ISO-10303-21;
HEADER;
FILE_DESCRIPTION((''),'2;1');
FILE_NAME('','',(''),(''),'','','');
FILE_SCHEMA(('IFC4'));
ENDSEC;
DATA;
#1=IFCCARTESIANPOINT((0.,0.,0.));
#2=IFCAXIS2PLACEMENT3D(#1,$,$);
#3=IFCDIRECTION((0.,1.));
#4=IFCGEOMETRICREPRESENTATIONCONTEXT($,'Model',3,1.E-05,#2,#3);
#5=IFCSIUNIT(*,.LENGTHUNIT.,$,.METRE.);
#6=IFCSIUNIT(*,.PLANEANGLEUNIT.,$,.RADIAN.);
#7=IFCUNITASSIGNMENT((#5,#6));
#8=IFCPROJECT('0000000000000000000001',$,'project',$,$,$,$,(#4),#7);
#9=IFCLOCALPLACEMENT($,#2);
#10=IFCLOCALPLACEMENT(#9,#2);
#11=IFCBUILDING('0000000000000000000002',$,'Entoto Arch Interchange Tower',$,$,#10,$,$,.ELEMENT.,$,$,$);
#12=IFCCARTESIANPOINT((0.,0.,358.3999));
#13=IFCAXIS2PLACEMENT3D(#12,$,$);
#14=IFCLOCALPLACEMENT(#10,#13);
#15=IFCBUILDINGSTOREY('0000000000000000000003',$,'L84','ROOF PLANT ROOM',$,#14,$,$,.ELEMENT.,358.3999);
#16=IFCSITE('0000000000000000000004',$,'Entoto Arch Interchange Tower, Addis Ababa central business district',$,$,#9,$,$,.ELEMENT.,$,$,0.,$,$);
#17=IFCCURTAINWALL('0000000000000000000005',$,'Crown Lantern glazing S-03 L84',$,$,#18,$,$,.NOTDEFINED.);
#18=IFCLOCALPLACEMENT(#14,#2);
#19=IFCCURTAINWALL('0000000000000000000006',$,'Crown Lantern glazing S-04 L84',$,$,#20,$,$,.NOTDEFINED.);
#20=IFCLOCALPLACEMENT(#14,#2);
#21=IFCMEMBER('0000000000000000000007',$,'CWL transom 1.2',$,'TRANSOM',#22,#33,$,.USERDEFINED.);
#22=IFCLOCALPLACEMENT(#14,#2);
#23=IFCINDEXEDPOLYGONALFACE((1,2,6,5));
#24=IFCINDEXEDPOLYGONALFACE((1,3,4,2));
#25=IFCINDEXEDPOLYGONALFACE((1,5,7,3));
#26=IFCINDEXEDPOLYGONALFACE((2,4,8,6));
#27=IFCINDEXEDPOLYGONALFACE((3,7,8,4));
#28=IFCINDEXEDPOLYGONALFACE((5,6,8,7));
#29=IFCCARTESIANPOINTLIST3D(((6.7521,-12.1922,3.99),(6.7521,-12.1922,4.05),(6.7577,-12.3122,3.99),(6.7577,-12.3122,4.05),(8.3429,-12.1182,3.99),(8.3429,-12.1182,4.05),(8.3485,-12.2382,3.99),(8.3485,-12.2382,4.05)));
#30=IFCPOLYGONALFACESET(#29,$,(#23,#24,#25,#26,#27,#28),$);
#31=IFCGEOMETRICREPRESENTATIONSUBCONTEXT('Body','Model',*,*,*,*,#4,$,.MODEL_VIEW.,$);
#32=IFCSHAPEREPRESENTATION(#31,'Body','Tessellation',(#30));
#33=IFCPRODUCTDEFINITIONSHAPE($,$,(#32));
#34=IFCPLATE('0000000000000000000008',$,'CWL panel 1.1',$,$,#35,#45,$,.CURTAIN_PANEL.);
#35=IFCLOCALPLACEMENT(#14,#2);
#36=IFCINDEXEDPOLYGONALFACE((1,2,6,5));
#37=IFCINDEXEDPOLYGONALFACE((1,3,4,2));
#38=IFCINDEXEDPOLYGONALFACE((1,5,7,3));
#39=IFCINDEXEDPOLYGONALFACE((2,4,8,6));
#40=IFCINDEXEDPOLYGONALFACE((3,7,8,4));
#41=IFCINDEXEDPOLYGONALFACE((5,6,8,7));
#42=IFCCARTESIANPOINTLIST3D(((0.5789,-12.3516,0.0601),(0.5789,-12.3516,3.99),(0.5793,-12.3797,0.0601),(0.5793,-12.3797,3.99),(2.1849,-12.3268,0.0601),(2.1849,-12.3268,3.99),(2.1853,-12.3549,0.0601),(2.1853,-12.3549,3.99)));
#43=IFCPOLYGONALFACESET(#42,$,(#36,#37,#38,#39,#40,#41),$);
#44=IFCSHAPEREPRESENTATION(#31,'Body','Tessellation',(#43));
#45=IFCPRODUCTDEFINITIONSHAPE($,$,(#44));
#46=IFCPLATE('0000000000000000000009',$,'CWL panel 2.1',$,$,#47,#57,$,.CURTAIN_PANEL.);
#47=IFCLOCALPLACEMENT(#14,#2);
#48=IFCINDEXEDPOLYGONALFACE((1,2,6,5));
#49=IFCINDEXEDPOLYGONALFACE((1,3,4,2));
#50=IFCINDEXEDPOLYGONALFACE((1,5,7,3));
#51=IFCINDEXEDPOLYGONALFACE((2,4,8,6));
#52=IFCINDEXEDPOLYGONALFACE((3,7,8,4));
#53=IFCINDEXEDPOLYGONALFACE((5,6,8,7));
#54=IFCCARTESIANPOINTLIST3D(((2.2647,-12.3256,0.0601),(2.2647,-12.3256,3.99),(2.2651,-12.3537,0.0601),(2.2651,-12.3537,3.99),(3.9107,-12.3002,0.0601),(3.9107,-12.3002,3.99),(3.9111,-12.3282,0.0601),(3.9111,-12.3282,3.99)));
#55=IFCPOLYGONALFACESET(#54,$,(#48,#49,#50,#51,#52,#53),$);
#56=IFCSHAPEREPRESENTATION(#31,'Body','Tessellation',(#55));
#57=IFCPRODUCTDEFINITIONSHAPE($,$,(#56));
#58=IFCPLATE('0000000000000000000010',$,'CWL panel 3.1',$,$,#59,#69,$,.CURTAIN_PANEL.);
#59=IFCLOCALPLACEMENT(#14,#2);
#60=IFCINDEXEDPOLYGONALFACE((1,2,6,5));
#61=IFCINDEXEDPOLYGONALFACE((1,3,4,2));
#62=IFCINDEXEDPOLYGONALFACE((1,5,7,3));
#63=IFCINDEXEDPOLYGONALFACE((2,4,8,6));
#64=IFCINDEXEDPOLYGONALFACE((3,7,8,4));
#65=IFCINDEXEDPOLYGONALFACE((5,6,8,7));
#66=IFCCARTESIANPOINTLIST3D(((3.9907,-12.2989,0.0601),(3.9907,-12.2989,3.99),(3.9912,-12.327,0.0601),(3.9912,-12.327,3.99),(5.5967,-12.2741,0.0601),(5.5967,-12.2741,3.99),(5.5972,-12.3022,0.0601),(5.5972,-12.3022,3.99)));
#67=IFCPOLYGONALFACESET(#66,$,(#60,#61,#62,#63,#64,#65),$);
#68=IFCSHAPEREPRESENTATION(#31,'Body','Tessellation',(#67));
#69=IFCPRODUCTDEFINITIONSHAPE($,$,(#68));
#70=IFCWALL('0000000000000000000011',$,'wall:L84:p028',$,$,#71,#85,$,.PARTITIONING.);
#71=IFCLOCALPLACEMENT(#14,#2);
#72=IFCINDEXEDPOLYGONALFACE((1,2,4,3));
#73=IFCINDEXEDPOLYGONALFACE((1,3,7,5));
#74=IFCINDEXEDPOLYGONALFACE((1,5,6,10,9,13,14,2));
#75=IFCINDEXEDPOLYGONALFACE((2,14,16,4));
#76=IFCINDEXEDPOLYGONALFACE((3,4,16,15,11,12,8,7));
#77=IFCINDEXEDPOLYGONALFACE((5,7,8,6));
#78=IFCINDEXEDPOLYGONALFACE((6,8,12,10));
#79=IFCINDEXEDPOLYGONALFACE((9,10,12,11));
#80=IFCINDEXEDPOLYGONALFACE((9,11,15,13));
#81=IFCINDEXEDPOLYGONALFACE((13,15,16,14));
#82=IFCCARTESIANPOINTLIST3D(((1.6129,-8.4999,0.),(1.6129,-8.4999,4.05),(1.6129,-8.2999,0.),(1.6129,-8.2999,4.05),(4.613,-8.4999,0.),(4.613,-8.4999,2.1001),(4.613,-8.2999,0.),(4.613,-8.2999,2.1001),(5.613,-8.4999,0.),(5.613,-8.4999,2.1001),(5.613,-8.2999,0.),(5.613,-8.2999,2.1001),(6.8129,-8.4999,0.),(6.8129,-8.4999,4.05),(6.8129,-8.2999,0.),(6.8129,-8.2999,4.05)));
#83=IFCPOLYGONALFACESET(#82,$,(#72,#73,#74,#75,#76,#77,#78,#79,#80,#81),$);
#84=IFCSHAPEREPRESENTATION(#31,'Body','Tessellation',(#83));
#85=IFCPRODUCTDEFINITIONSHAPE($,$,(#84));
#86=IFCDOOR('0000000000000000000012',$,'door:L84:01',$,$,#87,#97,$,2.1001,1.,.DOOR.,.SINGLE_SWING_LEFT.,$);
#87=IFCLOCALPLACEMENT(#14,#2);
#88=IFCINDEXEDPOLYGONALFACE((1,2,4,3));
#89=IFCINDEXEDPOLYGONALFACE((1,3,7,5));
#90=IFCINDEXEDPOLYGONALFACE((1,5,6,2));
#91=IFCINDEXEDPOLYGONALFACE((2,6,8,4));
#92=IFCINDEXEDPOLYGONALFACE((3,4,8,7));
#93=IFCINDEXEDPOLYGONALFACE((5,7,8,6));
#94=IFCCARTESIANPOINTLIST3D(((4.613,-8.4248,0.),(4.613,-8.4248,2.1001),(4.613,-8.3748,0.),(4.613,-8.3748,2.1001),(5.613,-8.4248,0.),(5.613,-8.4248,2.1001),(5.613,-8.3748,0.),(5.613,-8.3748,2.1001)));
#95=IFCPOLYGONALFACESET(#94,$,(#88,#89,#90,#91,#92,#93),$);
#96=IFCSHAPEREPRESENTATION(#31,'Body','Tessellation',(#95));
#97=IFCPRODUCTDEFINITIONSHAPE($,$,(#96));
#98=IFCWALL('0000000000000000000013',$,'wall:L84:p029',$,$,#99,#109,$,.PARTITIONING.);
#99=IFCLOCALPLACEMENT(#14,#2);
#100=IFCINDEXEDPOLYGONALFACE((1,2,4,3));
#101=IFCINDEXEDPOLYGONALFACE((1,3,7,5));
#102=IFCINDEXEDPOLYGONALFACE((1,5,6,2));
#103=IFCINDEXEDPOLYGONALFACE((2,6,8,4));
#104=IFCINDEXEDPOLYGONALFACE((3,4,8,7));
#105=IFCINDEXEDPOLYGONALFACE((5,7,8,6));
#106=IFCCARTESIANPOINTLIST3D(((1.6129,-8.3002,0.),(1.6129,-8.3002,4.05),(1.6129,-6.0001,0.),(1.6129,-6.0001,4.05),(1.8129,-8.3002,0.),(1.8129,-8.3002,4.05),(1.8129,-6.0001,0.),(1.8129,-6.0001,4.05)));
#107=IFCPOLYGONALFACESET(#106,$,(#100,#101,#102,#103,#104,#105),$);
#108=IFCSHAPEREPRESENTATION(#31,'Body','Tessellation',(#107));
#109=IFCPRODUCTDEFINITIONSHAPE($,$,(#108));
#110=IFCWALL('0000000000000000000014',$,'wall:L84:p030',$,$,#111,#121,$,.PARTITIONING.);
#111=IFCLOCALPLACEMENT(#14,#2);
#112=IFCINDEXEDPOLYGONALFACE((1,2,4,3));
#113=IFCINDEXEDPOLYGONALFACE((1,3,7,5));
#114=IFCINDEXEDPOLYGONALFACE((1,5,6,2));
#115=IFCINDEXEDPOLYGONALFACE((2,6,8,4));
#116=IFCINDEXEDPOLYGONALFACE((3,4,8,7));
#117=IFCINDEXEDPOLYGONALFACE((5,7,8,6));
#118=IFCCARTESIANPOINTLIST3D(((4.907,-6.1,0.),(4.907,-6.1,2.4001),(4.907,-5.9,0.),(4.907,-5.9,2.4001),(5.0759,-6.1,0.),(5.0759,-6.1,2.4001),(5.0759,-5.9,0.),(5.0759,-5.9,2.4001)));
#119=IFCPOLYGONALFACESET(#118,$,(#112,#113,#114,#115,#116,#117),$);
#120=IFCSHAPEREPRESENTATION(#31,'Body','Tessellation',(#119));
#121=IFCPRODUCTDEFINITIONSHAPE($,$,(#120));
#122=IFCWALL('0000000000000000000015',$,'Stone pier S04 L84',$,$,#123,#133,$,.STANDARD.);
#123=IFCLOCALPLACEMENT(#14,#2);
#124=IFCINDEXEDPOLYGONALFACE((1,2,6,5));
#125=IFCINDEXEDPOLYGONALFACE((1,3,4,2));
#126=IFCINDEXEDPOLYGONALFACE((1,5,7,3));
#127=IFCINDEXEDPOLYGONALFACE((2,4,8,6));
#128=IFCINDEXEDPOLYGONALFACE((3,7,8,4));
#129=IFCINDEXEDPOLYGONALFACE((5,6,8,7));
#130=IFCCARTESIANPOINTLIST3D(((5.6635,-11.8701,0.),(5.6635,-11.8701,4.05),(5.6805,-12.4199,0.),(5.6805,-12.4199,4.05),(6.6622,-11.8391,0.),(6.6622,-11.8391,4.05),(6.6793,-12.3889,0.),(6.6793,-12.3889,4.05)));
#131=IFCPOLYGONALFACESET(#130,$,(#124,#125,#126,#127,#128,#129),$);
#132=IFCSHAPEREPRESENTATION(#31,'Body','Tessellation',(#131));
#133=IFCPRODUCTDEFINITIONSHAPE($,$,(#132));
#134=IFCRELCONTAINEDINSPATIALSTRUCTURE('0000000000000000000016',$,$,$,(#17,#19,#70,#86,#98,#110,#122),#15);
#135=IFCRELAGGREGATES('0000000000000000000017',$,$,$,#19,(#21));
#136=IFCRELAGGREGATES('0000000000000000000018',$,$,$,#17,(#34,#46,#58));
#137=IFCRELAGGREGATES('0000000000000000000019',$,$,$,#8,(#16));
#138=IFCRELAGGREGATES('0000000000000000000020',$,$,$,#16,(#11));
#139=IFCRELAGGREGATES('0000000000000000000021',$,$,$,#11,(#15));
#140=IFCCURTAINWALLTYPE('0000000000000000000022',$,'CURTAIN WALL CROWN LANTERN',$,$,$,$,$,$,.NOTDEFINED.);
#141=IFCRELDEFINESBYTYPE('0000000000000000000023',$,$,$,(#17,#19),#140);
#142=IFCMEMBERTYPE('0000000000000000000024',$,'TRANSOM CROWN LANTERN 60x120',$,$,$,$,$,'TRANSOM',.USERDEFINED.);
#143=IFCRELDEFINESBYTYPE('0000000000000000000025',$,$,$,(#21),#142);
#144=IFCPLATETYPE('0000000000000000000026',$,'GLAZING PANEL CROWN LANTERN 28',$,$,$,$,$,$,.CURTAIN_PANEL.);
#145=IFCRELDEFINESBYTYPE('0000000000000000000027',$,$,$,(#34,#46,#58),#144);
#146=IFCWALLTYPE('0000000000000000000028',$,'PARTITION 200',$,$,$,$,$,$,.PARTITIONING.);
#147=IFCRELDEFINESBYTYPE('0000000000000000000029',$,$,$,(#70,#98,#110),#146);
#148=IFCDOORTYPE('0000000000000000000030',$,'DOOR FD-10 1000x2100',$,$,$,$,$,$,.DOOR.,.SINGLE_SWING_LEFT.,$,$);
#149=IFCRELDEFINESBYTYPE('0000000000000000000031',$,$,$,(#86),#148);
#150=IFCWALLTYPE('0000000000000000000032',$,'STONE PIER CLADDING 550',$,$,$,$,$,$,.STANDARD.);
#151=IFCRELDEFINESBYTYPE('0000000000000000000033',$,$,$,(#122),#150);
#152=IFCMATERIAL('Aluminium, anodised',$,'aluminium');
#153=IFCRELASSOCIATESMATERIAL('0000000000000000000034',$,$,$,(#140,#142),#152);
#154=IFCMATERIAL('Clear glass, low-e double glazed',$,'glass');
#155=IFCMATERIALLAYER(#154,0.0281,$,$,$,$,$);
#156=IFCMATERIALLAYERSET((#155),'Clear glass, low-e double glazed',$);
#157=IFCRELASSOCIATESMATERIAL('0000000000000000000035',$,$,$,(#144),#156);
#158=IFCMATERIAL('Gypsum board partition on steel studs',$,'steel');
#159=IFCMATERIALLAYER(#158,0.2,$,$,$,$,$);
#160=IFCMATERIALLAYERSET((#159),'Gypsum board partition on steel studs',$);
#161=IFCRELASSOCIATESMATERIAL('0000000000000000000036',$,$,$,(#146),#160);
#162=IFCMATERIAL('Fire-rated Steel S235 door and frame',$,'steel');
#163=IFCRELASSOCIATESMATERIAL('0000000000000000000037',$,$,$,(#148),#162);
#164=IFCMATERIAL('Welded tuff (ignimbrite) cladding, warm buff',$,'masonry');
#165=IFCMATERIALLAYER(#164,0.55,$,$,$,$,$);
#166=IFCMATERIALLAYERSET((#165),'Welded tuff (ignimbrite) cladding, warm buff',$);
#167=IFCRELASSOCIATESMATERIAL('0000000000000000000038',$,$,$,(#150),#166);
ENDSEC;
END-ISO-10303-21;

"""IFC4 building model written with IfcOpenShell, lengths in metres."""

from ifc_helpers import new_model, si_unit, direction, frame, frame_2d, origin, origin_2d, place, context, subcontext, project, spatial, rectangle, extrude, material, layer, layer_set, material_profile, profile_set, type_object, element, fill, aggregate, save


model = new_model("IFC4")

# Units and contexts
model_context = context("Model", 3, precision=1e-05, world=origin(), true_north=direction((0.0, 1.0)))
body_context = subcontext(model_context, "Body", "Model", "MODEL_VIEW")
ifc_project = project(units=[si_unit("LENGTHUNIT", "METRE"), si_unit("PLANEANGLEUNIT", "RADIAN")], contexts=[model_context])

# Site, building, storey
site_placement = place(None, origin())
site = spatial("IfcSite", under=ifc_project, at=site_placement, Name="Entoto Arch Interchange Tower, Addis Ababa central business district", CompositionType="ELEMENT", RefElevation=0.0)
building_placement = place(site_placement, origin())
building = spatial("IfcBuilding", under=site, at=building_placement, Name="Entoto Arch Interchange Tower", CompositionType="ELEMENT")
storey_placement = place(building_placement, frame((0.0, 0.0, 358.3999)))
storey = spatial("IfcBuildingStorey", under=building, at=storey_placement, Name="L84", Description="ROOF PLANT ROOM", CompositionType="ELEMENT", Elevation=358.3999)

# Curtain wall
ifc_material_1 = material(Name="Aluminium, anodised", Category="aluminium")
curtain_wall_type = type_object("IfcCurtainWallType", Name="CURTAIN WALL CROWN LANTERN", PredefinedType="NOTDEFINED", material=ifc_material_1)
curtain_wall_1_placement = place(storey_placement, origin())
curtain_wall_1 = element("IfcCurtainWall", 1, at=curtain_wall_1_placement, inside=storey, type_object=curtain_wall_type, Name="Crown Lantern glazing S-03 L84", PredefinedType="NOTDEFINED")

# Curtain wall
curtain_wall_2_placement = place(storey_placement, origin())
curtain_wall_2 = element("IfcCurtainWall", 2, at=curtain_wall_2_placement, inside=storey, type_object=curtain_wall_type, Name="Crown Lantern glazing S-04 L84", PredefinedType="NOTDEFINED")

# Member
ifc_material_profile_1 = material_profile(ifc_material_1, rectangle(XDim=0.1201, YDim=0.0601, at=origin_2d()))
ifc_profile_set_1 = profile_set([ifc_material_profile_1], Name="Aluminium, anodised")
member_type_1 = type_object("IfcMemberType", Name="TRANSOM CROWN LANTERN 60x120", ElementType="TRANSOM", PredefinedType="USERDEFINED", material=ifc_profile_set_1)
member_1_placement = place(storey_placement, frame((6.7549, -12.2522, 4.02), z_axis=(0.998921, 0.046451, 0.0), x_axis=(-0.046451, 0.998921, 0.0)))
member_1 = element("IfcMember", 3, at=member_1_placement, type_object=member_type_1, Name="CWL transom 1.2", ObjectType="TRANSOM", PredefinedType="USERDEFINED", context=body_context, shape_type="SweptSolid", body=[
    extrude(rectangle(XDim=0.1201, YDim=0.0601, at=origin_2d()), origin(), (0.0, 0.0, 1.0), 1.5925),
])
aggregate(curtain_wall_2, [member_1])

# Plates
ifc_material_2 = material(Name="Clear glass, low-e double glazed", Category="glass")
ifc_layer_1 = layer(ifc_material_2, 0.0281)
ifc_layer_set_1 = layer_set([ifc_layer_1], Name="Clear glass, low-e double glazed")
plate_type = type_object("IfcPlateType", Name="GLAZING PANEL CROWN LANTERN 28", PredefinedType="CURTAIN_PANEL", material=ifc_layer_set_1)
plate_1_placement = place(storey_placement, frame((1.3821, -12.3533, 0.0601), z_axis=(0.0, 0.0, 1.0), x_axis=(0.999881, 0.015448, 0.0)))
plate_1 = element("IfcPlate", 4, at=plate_1_placement, type_object=plate_type, Name="CWL panel 1.1", PredefinedType="CURTAIN_PANEL", context=body_context, shape_type="SweptSolid", body=[
    extrude(rectangle(XDim=1.6062, YDim=0.0281, at=origin_2d()), origin(), (0.0, 0.0, 1.0), 3.9299),
])
plate_2_placement = place(storey_placement, frame((3.0879, -12.3269, 0.0601), z_axis=(0.0, 0.0, 1.0), x_axis=(0.999881, 0.015448, 0.0)))
plate_2 = element("IfcPlate", 5, at=plate_2_placement, type_object=plate_type, Name="CWL panel 2.1", PredefinedType="CURTAIN_PANEL", context=body_context, shape_type="SweptSolid", body=[
    extrude(rectangle(XDim=1.6462, YDim=0.0281, at=origin_2d()), origin(), (0.0, 0.0, 1.0), 3.9299),
])
plate_3_placement = place(storey_placement, frame((4.7939, -12.3005, 0.0601), z_axis=(0.0, 0.0, 1.0), x_axis=(0.999881, 0.015448, 0.0)))
plate_3 = element("IfcPlate", 6, at=plate_3_placement, type_object=plate_type, Name="CWL panel 3.1", PredefinedType="CURTAIN_PANEL", context=body_context, shape_type="SweptSolid", body=[
    extrude(rectangle(XDim=1.6062, YDim=0.0281, at=origin_2d()), origin(), (0.0, 0.0, 1.0), 3.9299),
])
aggregate(curtain_wall_1, [plate_1, plate_2, plate_3])

# Wall, opening, door
ifc_material_3 = material(Name="Gypsum board partition on steel studs", Category="steel")
ifc_layer_2 = layer(ifc_material_3, 0.2)
ifc_layer_set_2 = layer_set([ifc_layer_2], Name="Gypsum board partition on steel studs")
wall_type_1 = type_object("IfcWallType", Name="PARTITION 200", PredefinedType="PARTITIONING", material=ifc_layer_set_2)
wall_1_placement = place(storey_placement, frame((6.813, -8.3999, 0.0), z_axis=(0.0, 0.0, 1.0), x_axis=(-1.0, 0.0, 0.0)))
wall_1 = element("IfcWall", 7, at=wall_1_placement, inside=storey, type_object=wall_type_1, Name="wall:L84:p028", PredefinedType="PARTITIONING", context=body_context, shape_type="SweptSolid", body=[
    extrude(rectangle(XDim=5.2, YDim=0.2, at=frame_2d((2.6001, 0.0))), origin(), (0.0, 0.0, 1.0), 4.05),
])
opening_placement = place(wall_1_placement, frame((1.2, 0.0, 0.0)))
opening = element("IfcOpeningElement", 8, at=opening_placement, cuts=wall_1, PredefinedType="OPENING", context=body_context, shape_type="SweptSolid", body=[
    extrude(rectangle(XDim=1.0, YDim=2.1001, at=frame_2d((0.5, 1.05))), frame((0.0, 0.1099, 0.0), z_axis=(0.0, -1.0, 0.0), x_axis=(1.0, 0.0, 0.0)), (0.0, 0.0, 1.0), 0.22),
])
ifc_material_4 = material(Name="Fire-rated Steel S235 door and frame", Category="steel")
door_type = type_object("IfcDoorType", Name="DOOR FD-10 1000x2100", OperationType="SINGLE_SWING_LEFT", PredefinedType="DOOR", material=ifc_material_4)
door_placement = place(opening_placement, origin())
door = element("IfcDoor", 9, at=door_placement, inside=storey, type_object=door_type, Name="door:L84:01", OperationType="SINGLE_SWING_LEFT", OverallHeight=2.1001, OverallWidth=1.0, PredefinedType="DOOR", context=body_context, shape_type="SweptSolid", body=[
    extrude(rectangle(XDim=1.0, YDim=2.1001, at=frame_2d((0.5, 1.05))), frame((0.0, 0.0249, 0.0), z_axis=(0.0, -1.0, 0.0), x_axis=(1.0, 0.0, 0.0)), (0.0, 0.0, 1.0), 0.05),
])
fill(opening, door)

# Walls
wall_2_placement = place(storey_placement, frame((1.7129, -8.3, 0.0), z_axis=(0.0, 0.0, 1.0), x_axis=(0.0, 1.0, 0.0)))
element("IfcWall", 10, at=wall_2_placement, inside=storey, type_object=wall_type_1, Name="wall:L84:p029", PredefinedType="PARTITIONING", context=body_context, shape_type="SweptSolid", body=[
    extrude(rectangle(XDim=2.3, YDim=0.2, at=frame_2d((1.1499, 0.0))), origin(), (0.0, 0.0, 1.0), 4.05),
])
wall_3_placement = place(storey_placement, frame((4.907, -6.0, 0.0), z_axis=(0.0, 0.0, 1.0), x_axis=(1.0, 0.0, 0.0)))
element("IfcWall", 11, at=wall_3_placement, inside=storey, type_object=wall_type_1, Name="wall:L84:p030", PredefinedType="PARTITIONING", context=body_context, shape_type="SweptSolid", body=[
    extrude(rectangle(XDim=0.1689, YDim=0.2, at=frame_2d((0.0845, 0.0))), origin(), (0.0, 0.0, 1.0), 2.4001),
])
ifc_material_5 = material(Name="Welded tuff (ignimbrite) cladding, warm buff", Category="masonry")
ifc_layer_3 = layer(ifc_material_5, 0.55)
ifc_layer_set_3 = layer_set([ifc_layer_3], Name="Welded tuff (ignimbrite) cladding, warm buff")
wall_type_2 = type_object("IfcWallType", Name="STONE PIER CLADDING 550", PredefinedType="STANDARD", material=ifc_layer_set_3)
wall_4_placement = place(storey_placement, frame((5.6721, -12.145, 0.0), z_axis=(0.0, 0.0, 1.0), x_axis=(0.999518, 0.031029, 0.0)))
element("IfcWall", 12, at=wall_4_placement, inside=storey, type_object=wall_type_2, Name="Stone pier S04 L84", PredefinedType="STANDARD", context=body_context, shape_type="SweptSolid", body=[
    extrude(rectangle(XDim=0.9993, YDim=0.55, at=frame_2d((0.4995, 0.0))), origin(), (0.0, 0.0, 1.0), 4.05),
])

save(model, "model.ifc")
